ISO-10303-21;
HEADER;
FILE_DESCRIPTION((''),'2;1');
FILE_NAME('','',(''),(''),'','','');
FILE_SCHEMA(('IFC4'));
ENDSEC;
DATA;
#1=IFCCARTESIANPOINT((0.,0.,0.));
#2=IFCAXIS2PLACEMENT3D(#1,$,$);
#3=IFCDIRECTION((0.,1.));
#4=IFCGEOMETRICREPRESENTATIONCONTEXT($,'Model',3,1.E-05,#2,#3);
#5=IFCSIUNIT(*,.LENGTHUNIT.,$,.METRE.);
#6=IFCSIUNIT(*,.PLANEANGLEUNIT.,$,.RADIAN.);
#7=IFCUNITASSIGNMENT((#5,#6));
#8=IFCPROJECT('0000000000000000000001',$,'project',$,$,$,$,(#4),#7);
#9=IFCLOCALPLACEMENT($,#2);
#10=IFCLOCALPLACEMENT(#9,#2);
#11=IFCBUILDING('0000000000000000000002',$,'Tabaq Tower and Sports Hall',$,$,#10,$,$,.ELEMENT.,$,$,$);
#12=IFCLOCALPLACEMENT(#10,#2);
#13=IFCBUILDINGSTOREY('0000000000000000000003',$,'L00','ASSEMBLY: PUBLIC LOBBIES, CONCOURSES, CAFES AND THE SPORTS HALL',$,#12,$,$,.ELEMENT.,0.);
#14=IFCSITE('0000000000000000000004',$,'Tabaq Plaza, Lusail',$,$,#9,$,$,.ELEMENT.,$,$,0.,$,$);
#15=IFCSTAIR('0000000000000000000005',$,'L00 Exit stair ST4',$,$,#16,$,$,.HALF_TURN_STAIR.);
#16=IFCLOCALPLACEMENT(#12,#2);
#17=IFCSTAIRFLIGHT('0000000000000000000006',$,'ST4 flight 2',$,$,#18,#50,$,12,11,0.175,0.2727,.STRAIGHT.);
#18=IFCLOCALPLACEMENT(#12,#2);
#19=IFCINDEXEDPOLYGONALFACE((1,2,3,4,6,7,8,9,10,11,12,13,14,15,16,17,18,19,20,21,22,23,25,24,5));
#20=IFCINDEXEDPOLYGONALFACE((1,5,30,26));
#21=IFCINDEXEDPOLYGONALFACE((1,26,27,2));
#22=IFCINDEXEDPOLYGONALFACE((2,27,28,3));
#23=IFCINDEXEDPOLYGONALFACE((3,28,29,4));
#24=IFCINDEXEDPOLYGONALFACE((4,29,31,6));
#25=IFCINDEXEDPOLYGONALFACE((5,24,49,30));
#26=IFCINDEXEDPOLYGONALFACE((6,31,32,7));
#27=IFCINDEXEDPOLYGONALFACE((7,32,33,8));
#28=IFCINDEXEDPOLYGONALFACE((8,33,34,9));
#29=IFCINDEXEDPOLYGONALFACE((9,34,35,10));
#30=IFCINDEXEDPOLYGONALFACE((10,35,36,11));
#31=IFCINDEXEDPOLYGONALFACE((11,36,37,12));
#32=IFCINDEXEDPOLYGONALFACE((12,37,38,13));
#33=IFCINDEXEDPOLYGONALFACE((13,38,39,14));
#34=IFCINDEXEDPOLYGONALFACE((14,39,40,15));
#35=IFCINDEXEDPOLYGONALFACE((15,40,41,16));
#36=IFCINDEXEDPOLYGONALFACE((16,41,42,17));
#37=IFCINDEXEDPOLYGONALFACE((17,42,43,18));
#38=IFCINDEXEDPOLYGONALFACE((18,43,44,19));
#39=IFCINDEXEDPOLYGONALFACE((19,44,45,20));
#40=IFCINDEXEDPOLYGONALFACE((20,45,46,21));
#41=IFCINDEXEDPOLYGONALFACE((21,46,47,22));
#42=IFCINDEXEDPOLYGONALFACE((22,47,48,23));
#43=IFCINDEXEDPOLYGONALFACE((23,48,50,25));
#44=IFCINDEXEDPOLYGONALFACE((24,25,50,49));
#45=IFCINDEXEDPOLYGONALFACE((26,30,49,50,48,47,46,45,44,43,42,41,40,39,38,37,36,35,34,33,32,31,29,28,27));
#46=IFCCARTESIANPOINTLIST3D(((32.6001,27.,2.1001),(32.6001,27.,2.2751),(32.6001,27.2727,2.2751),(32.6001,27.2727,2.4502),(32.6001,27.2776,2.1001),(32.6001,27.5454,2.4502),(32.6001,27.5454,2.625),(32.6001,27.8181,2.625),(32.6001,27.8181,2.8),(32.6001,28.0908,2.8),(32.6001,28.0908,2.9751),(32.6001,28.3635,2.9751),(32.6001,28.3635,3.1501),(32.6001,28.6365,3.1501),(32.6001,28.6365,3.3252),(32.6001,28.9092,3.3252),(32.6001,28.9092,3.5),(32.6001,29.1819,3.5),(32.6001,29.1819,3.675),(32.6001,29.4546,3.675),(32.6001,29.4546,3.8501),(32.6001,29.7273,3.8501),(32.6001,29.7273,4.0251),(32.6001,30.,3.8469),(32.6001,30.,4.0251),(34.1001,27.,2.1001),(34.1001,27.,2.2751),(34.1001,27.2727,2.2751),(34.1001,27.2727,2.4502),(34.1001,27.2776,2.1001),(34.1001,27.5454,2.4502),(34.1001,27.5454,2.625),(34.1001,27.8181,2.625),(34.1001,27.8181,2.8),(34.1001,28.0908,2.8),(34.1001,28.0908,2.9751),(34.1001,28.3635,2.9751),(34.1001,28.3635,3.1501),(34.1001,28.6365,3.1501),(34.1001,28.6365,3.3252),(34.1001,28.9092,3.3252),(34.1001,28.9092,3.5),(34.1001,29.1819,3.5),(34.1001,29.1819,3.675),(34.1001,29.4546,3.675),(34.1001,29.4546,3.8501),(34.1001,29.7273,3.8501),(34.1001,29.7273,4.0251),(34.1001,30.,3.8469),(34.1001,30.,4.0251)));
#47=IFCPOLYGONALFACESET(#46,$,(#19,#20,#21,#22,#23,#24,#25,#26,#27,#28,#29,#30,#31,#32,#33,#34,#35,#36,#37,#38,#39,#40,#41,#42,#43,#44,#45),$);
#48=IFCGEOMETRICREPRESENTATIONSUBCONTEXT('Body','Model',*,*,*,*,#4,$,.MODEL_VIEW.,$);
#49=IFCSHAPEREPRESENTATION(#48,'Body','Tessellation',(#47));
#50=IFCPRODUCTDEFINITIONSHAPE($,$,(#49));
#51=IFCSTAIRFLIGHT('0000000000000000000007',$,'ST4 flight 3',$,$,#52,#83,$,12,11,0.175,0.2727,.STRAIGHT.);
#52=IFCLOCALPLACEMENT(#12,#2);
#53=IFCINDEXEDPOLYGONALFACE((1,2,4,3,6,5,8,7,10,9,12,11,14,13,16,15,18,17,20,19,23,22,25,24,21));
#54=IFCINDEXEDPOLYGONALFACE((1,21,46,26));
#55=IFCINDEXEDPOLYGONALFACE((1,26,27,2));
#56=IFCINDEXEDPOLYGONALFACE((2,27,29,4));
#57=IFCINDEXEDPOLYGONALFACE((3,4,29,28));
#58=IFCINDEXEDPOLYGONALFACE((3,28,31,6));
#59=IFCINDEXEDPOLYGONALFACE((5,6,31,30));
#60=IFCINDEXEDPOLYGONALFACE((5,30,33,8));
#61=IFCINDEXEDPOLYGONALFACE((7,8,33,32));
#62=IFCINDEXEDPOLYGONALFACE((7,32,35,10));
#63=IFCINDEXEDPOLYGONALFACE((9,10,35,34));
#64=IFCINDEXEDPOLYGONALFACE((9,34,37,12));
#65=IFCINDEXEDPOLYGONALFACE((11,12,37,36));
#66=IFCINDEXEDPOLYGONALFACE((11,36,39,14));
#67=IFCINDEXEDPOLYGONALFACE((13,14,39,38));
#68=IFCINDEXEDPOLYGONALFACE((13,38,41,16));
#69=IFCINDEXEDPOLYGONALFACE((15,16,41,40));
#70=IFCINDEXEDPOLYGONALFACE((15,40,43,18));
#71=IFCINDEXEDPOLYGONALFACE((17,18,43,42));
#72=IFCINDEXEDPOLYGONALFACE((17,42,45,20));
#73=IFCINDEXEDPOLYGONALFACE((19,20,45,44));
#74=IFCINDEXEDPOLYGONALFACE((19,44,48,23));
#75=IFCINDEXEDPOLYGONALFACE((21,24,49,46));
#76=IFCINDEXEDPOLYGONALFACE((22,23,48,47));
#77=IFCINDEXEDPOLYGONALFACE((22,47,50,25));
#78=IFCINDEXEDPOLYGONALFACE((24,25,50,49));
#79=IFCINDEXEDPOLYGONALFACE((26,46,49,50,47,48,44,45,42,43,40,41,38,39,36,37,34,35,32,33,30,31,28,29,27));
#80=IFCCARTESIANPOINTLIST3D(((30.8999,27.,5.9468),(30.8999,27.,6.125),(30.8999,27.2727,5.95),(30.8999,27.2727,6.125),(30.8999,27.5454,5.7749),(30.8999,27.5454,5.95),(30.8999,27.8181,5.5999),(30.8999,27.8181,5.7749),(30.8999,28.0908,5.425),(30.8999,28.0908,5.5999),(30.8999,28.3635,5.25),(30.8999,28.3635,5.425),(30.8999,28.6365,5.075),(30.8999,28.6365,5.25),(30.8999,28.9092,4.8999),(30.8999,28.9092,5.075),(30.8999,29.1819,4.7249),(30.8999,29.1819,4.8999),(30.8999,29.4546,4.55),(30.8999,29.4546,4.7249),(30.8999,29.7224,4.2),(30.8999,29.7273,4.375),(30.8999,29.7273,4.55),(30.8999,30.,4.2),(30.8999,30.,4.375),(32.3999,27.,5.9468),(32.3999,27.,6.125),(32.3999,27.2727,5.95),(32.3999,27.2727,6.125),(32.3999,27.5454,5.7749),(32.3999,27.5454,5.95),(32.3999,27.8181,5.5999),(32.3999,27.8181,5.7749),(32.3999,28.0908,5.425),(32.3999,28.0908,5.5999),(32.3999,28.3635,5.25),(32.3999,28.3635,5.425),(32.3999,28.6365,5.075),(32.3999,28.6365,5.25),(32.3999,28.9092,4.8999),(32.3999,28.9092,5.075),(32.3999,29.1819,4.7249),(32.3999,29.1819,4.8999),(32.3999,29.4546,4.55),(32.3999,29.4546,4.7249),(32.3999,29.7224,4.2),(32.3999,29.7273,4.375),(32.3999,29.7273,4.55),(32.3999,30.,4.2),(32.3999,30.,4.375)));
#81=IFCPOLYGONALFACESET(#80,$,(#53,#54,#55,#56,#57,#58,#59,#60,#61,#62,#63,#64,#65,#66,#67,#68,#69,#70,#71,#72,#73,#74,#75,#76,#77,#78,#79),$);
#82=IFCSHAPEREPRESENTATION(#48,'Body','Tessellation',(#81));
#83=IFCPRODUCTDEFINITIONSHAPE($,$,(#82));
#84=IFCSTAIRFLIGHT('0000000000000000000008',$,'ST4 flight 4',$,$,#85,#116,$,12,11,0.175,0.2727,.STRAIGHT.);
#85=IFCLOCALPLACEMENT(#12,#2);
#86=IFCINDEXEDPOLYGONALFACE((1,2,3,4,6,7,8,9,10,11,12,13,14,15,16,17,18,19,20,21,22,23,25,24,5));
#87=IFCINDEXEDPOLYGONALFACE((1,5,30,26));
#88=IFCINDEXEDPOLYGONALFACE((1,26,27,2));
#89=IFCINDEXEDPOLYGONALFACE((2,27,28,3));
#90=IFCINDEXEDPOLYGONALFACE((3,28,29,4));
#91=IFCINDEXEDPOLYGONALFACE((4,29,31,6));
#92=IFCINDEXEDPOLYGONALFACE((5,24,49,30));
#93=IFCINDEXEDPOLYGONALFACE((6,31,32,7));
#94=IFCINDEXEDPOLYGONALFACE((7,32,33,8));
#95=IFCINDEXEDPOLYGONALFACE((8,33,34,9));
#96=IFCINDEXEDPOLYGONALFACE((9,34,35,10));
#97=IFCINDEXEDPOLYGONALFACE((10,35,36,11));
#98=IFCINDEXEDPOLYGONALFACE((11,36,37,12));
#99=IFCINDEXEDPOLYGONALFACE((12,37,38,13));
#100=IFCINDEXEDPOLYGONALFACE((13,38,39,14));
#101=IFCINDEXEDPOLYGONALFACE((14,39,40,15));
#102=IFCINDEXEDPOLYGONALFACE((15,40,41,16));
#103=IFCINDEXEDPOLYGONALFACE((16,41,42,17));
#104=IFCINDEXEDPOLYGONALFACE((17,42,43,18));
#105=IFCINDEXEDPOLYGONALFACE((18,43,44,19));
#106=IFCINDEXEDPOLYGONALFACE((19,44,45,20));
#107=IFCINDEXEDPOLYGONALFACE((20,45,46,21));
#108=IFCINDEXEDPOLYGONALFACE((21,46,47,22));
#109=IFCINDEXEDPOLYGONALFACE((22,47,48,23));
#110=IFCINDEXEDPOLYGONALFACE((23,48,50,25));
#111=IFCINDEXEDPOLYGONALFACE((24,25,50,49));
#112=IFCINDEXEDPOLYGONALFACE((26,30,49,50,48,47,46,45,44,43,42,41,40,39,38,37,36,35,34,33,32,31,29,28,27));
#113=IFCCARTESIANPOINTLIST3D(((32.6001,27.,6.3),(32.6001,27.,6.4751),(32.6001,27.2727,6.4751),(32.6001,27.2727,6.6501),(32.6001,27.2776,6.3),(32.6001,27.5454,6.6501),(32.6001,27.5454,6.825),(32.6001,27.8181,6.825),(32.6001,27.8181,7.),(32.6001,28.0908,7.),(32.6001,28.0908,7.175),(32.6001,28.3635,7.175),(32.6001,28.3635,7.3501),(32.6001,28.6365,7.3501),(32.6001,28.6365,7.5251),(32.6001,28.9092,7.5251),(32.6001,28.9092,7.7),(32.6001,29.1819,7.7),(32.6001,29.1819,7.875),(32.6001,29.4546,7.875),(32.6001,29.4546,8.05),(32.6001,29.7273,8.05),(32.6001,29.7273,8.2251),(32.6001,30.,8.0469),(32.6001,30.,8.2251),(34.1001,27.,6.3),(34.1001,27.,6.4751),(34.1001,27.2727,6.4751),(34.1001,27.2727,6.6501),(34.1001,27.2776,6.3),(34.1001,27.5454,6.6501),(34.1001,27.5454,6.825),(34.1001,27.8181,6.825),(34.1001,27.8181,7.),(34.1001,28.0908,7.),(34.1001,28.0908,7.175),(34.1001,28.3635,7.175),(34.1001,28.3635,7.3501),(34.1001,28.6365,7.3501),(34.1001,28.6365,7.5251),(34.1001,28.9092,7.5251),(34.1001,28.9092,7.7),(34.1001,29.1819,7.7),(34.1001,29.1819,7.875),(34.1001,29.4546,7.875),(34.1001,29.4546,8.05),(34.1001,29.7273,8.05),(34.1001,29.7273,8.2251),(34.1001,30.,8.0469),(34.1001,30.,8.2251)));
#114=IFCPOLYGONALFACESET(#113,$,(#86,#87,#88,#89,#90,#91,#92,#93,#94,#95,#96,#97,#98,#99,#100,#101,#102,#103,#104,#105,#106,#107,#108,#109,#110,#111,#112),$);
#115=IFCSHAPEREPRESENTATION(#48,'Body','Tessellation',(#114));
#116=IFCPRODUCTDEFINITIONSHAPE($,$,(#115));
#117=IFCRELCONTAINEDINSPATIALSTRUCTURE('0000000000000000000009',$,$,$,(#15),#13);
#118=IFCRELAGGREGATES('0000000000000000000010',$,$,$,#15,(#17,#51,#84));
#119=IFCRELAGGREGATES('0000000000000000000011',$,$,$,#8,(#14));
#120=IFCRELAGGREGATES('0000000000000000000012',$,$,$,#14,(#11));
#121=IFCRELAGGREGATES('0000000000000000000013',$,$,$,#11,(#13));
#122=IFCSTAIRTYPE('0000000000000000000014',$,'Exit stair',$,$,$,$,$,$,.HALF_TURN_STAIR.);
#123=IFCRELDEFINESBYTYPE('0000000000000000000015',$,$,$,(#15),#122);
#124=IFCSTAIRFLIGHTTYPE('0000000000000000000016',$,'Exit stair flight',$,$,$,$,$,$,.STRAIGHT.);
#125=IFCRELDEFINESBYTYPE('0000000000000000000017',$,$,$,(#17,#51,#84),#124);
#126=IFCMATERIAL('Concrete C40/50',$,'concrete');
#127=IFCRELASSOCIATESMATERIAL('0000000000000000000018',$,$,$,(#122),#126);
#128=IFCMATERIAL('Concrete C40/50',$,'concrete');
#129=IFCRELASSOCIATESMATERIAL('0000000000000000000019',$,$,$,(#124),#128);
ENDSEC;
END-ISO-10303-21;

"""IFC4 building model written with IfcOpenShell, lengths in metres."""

from ifc_helpers import new_model, si_unit, direction, frame, origin, place, context, subcontext, project, spatial, polyline, outline, extrude, material, type_object, element, aggregate, save


model = new_model("IFC4")

# Units and contexts
model_context = context("Model", 3, precision=1e-05, world=origin(), true_north=direction((0.0, 1.0)))
body_context = subcontext(model_context, "Body", "Model", "MODEL_VIEW")
ifc_project = project(units=[si_unit("LENGTHUNIT", "METRE"), si_unit("PLANEANGLEUNIT", "RADIAN")], contexts=[model_context])

# Site, building, storey
site_placement = place(None, origin())
site = spatial("IfcSite", under=ifc_project, at=site_placement, Name="Tabaq Plaza, Lusail", CompositionType="ELEMENT", RefElevation=0.0)
building_placement = place(site_placement, origin())
building = spatial("IfcBuilding", under=site, at=building_placement, Name="Tabaq Tower and Sports Hall", CompositionType="ELEMENT")
storey_placement = place(building_placement, origin())
storey = spatial("IfcBuildingStorey", under=building, at=storey_placement, Name="L00", Description="ASSEMBLY: PUBLIC LOBBIES, CONCOURSES, CAFES AND THE SPORTS HALL", CompositionType="ELEMENT", Elevation=0.0)

# Stair, stair flights
ifc_material_1 = material(Name="Concrete C40/50", Category="concrete")
stair_type = type_object("IfcStairType", Name="Exit stair", PredefinedType="HALF_TURN_STAIR", material=ifc_material_1)
stair_placement = place(storey_placement, origin())
stair = element("IfcStair", 1, at=stair_placement, inside=storey, type_object=stair_type, Name="L00 Exit stair ST4", PredefinedType="HALF_TURN_STAIR")
ifc_material_2 = material(Name="Concrete C40/50", Category="concrete")
stair_flight_type = type_object("IfcStairFlightType", Name="Exit stair flight", PredefinedType="STRAIGHT", material=ifc_material_2)
stair_flight_1_placement = place(storey_placement, frame((33.3501, 27.0, 2.1001), z_axis=(0.0, 0.0, 1.0), x_axis=(0.0, 1.0, 0.0)))
stair_flight_1 = element("IfcStairFlight", 2, at=stair_flight_1_placement, type_object=stair_flight_type, Name="ST4 flight 2", NumberOfRisers=12, NumberOfTreads=11, PredefinedType="STRAIGHT", RiserHeight=0.175, TreadLength=0.2727, context=body_context, shape_type="SweptSolid", body=[
    extrude(outline(polyline([(0.0, 0.0), (0.0, 0.175), (0.2727, 0.175), (0.2727, 0.3501), (0.5454, 0.3501), (0.5454, 0.5249), (0.8181, 0.5249), (0.8181, 0.7), (1.0908, 0.7), (1.0908, 0.875), (1.3635, 0.875), (1.3635, 1.05), (1.6365, 1.05), (1.6365, 1.2251), (1.9092, 1.2251), (1.9092, 1.3999), (2.1819, 1.3999), (2.1819, 1.575), (2.4546, 1.575), (2.4546, 1.75), (2.7273, 1.75), (2.7273, 1.925), (3.0, 1.925), (3.0, 2.1001), (3.0, 1.7468), (0.2776, 0.0), (0.0, 0.0)])), frame((0.0, 0.75, 0.0), z_axis=(0.0, -1.0, 0.0), x_axis=(1.0, 0.0, 0.0)), (0.0, 0.0, 1.0), 1.5),
])
stair_flight_2_placement = place(storey_placement, frame((31.6499, 30.0, 4.2), z_axis=(0.0, 0.0, 1.0), x_axis=(0.0, -1.0, 0.0)))
stair_flight_2 = element("IfcStairFlight", 3, at=stair_flight_2_placement, type_object=stair_flight_type, Name="ST4 flight 3", NumberOfRisers=12, NumberOfTreads=11, PredefinedType="STRAIGHT", RiserHeight=0.175, TreadLength=0.2727, context=body_context, shape_type="SweptSolid", body=[
    extrude(outline(polyline([(0.0, 0.0), (0.0, 0.175), (0.2727, 0.175), (0.2727, 0.3501), (0.5454, 0.3501), (0.5454, 0.5249), (0.8181, 0.5249), (0.8181, 0.7), (1.0908, 0.7), (1.0908, 0.875), (1.3635, 0.875), (1.3635, 1.05), (1.6365, 1.05), (1.6365, 1.2251), (1.9092, 1.2251), (1.9092, 1.3999), (2.1819, 1.3999), (2.1819, 1.575), (2.4546, 1.575), (2.4546, 1.75), (2.7273, 1.75), (2.7273, 1.925), (3.0, 1.925), (3.0, 2.1001), (3.0, 1.7468), (0.2776, 0.0), (0.0, 0.0)])), frame((0.0, 0.75, 0.0), z_axis=(0.0, -1.0, 0.0), x_axis=(1.0, 0.0, 0.0)), (0.0, 0.0, 1.0), 1.5),
])
stair_flight_3_placement = place(storey_placement, frame((33.3501, 27.0, 6.3), z_axis=(0.0, 0.0, 1.0), x_axis=(0.0, 1.0, 0.0)))
stair_flight_3 = element("IfcStairFlight", 4, at=stair_flight_3_placement, type_object=stair_flight_type, Name="ST4 flight 4", NumberOfRisers=12, NumberOfTreads=11, PredefinedType="STRAIGHT", RiserHeight=0.175, TreadLength=0.2727, context=body_context, shape_type="SweptSolid", body=[
    extrude(outline(polyline([(0.0, 0.0), (0.0, 0.175), (0.2727, 0.175), (0.2727, 0.3501), (0.5454, 0.3501), (0.5454, 0.5249), (0.8181, 0.5249), (0.8181, 0.7), (1.0908, 0.7), (1.0908, 0.875), (1.3635, 0.875), (1.3635, 1.05), (1.6365, 1.05), (1.6365, 1.2251), (1.9092, 1.2251), (1.9092, 1.3999), (2.1819, 1.3999), (2.1819, 1.575), (2.4546, 1.575), (2.4546, 1.75), (2.7273, 1.75), (2.7273, 1.925), (3.0, 1.925), (3.0, 2.1001), (3.0, 1.7468), (0.2776, 0.0), (0.0, 0.0)])), frame((0.0, 0.75, 0.0), z_axis=(0.0, -1.0, 0.0), x_axis=(1.0, 0.0, 0.0)), (0.0, 0.0, 1.0), 1.5),
])
aggregate(stair, [stair_flight_1, stair_flight_2, stair_flight_3])

save(model, "model.ifc")
